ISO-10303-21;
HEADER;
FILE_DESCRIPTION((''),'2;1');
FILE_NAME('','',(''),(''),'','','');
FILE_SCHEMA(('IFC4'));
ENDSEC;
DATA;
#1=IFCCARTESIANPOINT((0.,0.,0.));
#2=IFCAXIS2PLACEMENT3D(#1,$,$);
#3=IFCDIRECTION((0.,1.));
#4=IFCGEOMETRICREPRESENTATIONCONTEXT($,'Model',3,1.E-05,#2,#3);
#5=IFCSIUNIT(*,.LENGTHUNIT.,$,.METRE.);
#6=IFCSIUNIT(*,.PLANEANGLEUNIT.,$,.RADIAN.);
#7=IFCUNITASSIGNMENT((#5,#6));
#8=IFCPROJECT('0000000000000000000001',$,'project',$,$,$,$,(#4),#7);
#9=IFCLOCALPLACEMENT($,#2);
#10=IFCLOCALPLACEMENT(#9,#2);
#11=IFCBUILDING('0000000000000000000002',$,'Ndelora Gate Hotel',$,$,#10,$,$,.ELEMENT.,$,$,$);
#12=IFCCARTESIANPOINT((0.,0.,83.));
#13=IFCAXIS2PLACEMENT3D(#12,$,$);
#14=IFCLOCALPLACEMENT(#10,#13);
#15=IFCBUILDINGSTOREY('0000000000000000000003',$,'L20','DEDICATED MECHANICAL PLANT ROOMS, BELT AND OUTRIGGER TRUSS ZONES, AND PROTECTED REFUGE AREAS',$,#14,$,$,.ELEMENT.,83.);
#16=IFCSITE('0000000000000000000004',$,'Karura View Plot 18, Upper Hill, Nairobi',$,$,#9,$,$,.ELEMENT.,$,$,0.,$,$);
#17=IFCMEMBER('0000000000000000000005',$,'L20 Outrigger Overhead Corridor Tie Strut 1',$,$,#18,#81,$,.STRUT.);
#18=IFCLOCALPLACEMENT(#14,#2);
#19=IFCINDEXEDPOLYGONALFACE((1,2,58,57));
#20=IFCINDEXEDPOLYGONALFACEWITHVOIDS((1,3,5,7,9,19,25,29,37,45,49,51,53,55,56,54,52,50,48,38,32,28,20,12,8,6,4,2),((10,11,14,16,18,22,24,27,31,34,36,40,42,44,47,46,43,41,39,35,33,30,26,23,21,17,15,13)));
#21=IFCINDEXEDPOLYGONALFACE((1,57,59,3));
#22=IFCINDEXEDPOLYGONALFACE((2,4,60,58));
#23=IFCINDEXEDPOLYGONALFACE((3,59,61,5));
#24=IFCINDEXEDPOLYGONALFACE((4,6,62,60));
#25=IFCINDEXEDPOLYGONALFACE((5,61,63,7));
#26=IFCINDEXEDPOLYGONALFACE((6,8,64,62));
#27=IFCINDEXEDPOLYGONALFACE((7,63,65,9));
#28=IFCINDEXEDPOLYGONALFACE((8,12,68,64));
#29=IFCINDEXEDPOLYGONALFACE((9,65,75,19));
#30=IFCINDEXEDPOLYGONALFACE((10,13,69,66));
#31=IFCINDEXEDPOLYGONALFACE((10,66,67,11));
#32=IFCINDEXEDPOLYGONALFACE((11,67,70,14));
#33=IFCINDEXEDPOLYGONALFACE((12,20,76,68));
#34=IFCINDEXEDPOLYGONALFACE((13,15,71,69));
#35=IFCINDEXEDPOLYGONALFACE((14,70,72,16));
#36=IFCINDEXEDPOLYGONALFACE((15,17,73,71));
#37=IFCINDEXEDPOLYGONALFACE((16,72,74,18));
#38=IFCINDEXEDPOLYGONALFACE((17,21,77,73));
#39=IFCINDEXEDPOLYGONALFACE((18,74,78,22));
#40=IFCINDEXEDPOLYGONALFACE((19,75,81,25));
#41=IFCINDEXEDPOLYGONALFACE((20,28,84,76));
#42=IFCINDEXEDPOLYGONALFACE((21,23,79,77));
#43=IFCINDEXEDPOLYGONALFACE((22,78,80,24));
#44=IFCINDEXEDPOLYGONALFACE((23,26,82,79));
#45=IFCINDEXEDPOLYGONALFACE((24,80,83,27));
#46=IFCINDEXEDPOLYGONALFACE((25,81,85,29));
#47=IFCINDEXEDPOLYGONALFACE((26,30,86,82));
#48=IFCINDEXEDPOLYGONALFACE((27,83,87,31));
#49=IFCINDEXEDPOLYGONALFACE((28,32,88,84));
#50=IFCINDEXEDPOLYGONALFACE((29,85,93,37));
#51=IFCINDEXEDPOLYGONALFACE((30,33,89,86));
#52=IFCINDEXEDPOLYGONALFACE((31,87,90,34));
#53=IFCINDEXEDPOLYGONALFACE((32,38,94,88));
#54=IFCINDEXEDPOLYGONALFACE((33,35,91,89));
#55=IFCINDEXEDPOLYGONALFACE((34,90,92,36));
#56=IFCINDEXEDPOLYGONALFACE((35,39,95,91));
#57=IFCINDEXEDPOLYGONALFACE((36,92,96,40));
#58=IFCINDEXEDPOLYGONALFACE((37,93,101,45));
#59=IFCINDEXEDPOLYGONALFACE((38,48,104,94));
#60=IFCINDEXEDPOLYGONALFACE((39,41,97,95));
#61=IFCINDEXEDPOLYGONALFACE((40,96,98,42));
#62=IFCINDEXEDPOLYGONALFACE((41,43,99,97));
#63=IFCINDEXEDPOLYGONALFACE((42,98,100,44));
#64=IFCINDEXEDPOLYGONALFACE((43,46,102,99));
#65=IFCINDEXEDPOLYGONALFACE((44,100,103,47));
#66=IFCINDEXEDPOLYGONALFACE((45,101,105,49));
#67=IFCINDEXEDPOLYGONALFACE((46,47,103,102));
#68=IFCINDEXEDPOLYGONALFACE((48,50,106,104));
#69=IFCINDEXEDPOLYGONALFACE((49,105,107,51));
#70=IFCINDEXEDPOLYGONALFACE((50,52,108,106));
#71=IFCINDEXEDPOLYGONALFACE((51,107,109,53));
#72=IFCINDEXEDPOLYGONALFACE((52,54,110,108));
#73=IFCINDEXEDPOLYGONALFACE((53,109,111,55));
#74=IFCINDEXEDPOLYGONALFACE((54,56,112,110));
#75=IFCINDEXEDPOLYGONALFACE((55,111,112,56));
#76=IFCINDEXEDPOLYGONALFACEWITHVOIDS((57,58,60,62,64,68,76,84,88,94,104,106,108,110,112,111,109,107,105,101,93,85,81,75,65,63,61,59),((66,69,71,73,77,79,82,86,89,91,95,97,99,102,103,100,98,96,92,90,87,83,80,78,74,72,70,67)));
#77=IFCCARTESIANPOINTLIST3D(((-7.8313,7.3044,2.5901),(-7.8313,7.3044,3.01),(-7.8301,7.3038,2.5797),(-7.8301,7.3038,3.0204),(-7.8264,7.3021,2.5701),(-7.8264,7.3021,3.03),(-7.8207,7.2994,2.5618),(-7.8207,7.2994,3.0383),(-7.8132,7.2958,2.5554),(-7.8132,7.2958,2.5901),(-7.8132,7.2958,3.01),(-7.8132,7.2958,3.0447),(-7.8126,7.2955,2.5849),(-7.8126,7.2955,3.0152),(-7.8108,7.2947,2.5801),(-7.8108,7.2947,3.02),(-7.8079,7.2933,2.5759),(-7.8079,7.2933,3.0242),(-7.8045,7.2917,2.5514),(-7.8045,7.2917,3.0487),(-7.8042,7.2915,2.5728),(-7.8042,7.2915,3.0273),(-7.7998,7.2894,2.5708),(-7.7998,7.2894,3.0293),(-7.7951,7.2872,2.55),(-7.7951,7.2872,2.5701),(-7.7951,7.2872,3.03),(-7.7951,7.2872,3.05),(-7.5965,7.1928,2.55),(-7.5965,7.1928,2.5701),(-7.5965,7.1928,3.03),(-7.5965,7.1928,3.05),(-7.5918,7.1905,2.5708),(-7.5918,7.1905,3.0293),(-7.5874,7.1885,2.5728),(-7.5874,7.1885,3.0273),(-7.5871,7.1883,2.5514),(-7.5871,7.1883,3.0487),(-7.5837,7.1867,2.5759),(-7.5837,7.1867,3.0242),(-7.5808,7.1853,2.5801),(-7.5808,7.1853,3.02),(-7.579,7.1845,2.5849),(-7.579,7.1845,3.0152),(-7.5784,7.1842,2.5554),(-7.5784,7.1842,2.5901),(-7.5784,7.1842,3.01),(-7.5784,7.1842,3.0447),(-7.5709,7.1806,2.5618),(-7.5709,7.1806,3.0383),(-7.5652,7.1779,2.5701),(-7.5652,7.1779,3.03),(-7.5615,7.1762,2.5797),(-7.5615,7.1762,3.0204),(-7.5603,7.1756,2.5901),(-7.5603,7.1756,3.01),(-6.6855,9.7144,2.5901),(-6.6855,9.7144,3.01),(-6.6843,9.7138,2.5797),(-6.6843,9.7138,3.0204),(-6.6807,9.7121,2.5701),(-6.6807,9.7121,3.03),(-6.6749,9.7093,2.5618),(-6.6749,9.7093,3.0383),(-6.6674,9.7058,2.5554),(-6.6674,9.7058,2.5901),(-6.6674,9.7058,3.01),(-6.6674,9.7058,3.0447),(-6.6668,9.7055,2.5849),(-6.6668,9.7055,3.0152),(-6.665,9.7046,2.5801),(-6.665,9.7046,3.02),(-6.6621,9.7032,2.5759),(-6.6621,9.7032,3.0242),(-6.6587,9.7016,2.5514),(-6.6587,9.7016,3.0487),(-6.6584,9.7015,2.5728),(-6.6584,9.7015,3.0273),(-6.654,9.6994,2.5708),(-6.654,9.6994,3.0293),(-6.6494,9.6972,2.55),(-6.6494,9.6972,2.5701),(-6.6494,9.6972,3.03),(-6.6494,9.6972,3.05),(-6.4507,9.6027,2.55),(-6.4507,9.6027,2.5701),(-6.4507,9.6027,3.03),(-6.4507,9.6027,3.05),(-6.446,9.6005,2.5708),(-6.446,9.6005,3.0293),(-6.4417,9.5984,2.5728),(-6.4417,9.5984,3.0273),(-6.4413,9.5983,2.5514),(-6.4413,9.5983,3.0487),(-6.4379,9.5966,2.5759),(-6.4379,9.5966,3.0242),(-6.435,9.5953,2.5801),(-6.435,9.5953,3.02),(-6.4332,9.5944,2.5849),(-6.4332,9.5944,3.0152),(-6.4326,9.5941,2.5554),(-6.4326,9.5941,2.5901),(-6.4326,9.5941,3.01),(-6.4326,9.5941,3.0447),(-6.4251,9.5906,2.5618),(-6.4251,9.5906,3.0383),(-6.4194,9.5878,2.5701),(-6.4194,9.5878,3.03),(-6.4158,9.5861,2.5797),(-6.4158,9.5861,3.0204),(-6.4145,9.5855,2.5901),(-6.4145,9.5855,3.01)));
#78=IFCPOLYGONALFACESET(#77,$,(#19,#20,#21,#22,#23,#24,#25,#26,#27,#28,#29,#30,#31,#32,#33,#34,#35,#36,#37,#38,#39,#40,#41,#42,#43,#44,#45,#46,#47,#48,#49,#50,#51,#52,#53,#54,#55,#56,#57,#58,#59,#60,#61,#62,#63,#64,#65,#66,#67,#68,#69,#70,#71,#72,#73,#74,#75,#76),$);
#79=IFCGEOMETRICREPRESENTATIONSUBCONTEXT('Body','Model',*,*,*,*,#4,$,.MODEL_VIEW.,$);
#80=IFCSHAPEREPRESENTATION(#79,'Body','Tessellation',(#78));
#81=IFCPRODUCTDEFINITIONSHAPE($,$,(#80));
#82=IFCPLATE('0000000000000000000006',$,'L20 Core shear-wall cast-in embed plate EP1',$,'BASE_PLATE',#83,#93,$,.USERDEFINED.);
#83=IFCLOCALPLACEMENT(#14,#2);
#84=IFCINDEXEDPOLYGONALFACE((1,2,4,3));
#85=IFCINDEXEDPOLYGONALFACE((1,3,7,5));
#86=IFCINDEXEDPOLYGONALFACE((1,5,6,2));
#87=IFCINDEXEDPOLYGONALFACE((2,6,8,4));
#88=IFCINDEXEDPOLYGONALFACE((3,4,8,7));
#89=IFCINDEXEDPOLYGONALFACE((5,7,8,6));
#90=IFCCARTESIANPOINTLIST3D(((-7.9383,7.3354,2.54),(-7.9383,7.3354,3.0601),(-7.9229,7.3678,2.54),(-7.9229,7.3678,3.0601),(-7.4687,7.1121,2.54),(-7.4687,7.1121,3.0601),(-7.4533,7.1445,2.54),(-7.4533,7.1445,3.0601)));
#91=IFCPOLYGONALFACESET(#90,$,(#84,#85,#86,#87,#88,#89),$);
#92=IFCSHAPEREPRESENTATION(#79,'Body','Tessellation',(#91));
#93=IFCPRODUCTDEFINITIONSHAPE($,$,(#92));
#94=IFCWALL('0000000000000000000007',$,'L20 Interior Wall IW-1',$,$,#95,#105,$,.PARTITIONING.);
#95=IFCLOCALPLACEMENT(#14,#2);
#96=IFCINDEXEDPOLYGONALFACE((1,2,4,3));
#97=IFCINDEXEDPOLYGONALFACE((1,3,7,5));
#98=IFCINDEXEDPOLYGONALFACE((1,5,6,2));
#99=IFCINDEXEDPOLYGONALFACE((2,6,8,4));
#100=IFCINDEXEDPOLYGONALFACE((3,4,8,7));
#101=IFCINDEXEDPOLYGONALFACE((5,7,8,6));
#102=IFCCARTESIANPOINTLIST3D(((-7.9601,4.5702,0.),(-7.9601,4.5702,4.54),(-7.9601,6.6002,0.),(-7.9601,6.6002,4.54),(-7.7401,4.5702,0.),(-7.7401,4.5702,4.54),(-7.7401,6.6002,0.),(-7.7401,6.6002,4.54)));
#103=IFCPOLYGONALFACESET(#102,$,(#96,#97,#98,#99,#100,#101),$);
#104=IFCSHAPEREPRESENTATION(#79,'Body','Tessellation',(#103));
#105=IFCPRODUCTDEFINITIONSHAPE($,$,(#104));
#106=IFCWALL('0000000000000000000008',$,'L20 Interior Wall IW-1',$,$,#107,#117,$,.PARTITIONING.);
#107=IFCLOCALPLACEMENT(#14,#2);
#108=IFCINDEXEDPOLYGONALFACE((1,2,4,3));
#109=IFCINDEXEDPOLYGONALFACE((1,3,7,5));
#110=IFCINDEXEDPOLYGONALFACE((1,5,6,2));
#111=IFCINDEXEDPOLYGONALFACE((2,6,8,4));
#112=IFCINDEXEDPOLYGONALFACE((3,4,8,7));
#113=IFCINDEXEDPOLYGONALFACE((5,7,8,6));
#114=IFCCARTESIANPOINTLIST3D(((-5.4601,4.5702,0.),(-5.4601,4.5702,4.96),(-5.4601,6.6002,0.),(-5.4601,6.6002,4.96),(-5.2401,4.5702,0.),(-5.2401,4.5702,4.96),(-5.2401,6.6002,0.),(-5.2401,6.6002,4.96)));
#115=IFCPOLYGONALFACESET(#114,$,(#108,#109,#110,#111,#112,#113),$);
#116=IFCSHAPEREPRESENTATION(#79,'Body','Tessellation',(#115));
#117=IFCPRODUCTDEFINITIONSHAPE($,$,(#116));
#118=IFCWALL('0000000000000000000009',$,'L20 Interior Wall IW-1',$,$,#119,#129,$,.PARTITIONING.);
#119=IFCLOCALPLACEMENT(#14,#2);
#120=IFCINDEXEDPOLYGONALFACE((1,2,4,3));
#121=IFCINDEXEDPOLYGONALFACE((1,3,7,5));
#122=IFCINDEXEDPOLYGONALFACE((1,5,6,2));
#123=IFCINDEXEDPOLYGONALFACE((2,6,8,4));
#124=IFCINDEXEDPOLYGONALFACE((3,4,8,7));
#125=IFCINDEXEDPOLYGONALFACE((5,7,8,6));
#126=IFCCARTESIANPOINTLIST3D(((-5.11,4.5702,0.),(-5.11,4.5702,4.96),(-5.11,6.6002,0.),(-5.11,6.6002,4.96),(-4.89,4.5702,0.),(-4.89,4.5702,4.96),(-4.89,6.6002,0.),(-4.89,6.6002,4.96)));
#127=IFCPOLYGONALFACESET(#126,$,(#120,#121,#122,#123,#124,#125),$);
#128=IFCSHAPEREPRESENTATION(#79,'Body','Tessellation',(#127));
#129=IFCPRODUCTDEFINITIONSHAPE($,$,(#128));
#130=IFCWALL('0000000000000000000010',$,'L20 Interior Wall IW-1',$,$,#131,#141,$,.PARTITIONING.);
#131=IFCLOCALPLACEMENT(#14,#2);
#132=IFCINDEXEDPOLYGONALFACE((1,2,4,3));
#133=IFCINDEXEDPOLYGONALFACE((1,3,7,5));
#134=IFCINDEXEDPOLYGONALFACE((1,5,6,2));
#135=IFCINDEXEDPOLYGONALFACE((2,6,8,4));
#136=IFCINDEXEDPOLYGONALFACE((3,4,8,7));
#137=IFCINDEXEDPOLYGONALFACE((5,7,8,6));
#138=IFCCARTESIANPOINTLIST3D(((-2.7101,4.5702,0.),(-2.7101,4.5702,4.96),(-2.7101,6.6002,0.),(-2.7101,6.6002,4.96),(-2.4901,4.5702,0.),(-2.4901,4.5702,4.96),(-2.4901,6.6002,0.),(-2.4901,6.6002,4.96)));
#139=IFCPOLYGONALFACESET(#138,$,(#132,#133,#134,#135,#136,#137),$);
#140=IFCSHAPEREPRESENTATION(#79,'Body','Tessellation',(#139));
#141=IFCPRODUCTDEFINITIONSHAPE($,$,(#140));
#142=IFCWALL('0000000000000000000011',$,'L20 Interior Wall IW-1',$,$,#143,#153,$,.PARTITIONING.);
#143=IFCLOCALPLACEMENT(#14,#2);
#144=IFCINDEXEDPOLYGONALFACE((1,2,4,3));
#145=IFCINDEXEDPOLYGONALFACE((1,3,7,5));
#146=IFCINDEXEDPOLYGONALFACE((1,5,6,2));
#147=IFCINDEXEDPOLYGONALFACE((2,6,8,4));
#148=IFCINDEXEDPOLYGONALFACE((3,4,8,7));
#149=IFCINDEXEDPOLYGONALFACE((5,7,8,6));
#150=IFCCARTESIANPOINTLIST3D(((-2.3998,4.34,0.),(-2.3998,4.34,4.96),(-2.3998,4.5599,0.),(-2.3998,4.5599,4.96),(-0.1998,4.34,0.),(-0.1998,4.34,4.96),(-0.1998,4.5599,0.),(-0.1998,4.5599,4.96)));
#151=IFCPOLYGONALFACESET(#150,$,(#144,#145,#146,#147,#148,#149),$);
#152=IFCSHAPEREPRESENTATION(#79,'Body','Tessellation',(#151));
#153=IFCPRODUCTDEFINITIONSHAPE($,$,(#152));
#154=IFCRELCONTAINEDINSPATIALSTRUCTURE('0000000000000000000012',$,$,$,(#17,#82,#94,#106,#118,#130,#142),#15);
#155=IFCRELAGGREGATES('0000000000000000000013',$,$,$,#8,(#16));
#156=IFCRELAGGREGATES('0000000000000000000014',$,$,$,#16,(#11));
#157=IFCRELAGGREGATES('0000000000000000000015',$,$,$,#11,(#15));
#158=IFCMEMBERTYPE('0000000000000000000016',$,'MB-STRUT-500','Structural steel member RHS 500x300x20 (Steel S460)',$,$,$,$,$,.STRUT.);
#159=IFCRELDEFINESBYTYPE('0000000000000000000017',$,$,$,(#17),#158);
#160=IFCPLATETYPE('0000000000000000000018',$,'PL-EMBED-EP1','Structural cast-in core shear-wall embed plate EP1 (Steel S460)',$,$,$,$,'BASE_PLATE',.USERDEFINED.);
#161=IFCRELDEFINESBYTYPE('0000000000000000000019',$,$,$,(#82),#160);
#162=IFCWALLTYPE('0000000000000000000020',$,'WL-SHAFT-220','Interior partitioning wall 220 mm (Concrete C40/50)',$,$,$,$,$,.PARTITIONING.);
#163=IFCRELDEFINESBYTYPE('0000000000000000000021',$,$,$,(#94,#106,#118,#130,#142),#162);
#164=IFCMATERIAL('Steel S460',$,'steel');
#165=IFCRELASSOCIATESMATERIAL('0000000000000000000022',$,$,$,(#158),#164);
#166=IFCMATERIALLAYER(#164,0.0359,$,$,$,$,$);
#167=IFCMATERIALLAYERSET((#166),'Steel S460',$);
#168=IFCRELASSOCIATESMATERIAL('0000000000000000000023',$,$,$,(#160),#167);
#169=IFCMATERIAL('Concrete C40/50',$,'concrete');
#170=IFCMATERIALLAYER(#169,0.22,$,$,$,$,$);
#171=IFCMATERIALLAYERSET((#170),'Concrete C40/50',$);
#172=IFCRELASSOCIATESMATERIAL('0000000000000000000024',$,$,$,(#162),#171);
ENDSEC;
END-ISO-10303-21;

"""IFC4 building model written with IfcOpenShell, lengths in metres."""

from ifc_helpers import new_model, si_unit, direction, frame, frame_2d, origin, origin_2d, place, context, subcontext, project, spatial, rectangle, hollow_rectangle, extrude, material, layer, layer_set, material_profile, profile_set, type_object, element, save


model = new_model("IFC4")

# Units and contexts
model_context = context("Model", 3, precision=1e-05, world=origin(), true_north=direction((0.0, 1.0)))
body_context = subcontext(model_context, "Body", "Model", "MODEL_VIEW")
ifc_project = project(units=[si_unit("LENGTHUNIT", "METRE"), si_unit("PLANEANGLEUNIT", "RADIAN")], contexts=[model_context])

# Site, building, storey
site_placement = place(None, origin())
site = spatial("IfcSite", under=ifc_project, at=site_placement, Name="Karura View Plot 18, Upper Hill, Nairobi", CompositionType="ELEMENT", RefElevation=0.0)
building_placement = place(site_placement, origin())
building = spatial("IfcBuilding", under=site, at=building_placement, Name="Ndelora Gate Hotel", CompositionType="ELEMENT")
storey_placement = place(building_placement, frame((0.0, 0.0, 83.0)))
storey = spatial("IfcBuildingStorey", under=building, at=storey_placement, Name="L20", Description="DEDICATED MECHANICAL PLANT ROOMS, BELT AND OUTRIGGER TRUSS ZONES, AND PROTECTED REFUGE AREAS", CompositionType="ELEMENT", Elevation=83.0)

# Shared definitions
ifc_material_1 = material(Name="Steel S460", Category="steel")

# Member
ifc_material_profile_1 = material_profile(ifc_material_1, hollow_rectangle(XDim=0.3, YDim=0.5, WallThickness=0.02, InnerFilletRadius=0.02, OuterFilletRadius=0.04, at=origin_2d()), Name="RHS 500x300x20")
ifc_profile_set_1 = profile_set([ifc_material_profile_1], Name="Steel S460")
member_type = type_object("IfcMemberType", Name="MB-STRUT-500", Description="Structural steel member RHS 500x300x20 (Steel S460)", PredefinedType="STRUT", material=ifc_profile_set_1)
member_placement = place(storey_placement, frame((-7.6958, 7.24, 2.8), z_axis=(0.429376, 0.903126, 0.0), x_axis=(-0.903126, 0.429376, 0.0)))
element("IfcMember", 1, at=member_placement, inside=storey, type_object=member_type, Name="L20 Outrigger Overhead Corridor Tie Strut 1", PredefinedType="STRUT", context=body_context, shape_type="SweptSolid", body=[
    extrude(hollow_rectangle(XDim=0.3, YDim=0.5, WallThickness=0.02, InnerFilletRadius=0.02, OuterFilletRadius=0.04, at=origin_2d()), origin(), (0.0, 0.0, 1.0), 2.6685),
])

# Plate
ifc_layer_1 = layer(ifc_material_1, 0.0359)
ifc_layer_set_1 = layer_set([ifc_layer_1], Name="Steel S460")
plate_type = type_object("IfcPlateType", Name="PL-EMBED-EP1", Description="Structural cast-in core shear-wall embed plate EP1 (Steel S460)", ElementType="BASE_PLATE", PredefinedType="USERDEFINED", material=ifc_layer_set_1)
plate_placement = place(storey_placement, frame((-7.6958, 7.24, 2.54), z_axis=(0.0, 0.0, 1.0), x_axis=(-0.903111, 0.429408, 0.0)))
element("IfcPlate", 2, at=plate_placement, inside=storey, type_object=plate_type, Name="L20 Core shear-wall cast-in embed plate EP1", ObjectType="BASE_PLATE", PredefinedType="USERDEFINED", context=body_context, shape_type="SweptSolid", body=[
    extrude(rectangle(XDim=0.52, YDim=0.0359, at=origin_2d()), origin(), (0.0, 0.0, 1.0), 0.52),
])

# Shared definitions
ifc_material_2 = material(Name="Concrete C40/50", Category="concrete")
ifc_layer_2 = layer(ifc_material_2, 0.22)
ifc_layer_set_2 = layer_set([ifc_layer_2], Name="Concrete C40/50")
wall_type_1 = type_object("IfcWallType", Name="WL-SHAFT-220", Description="Interior partitioning wall 220 mm (Concrete C40/50)", PredefinedType="PARTITIONING", material=ifc_layer_set_2)

# Walls
wall_1_placement = place(storey_placement, frame((-7.8501, 4.5701, 0.0), z_axis=(0.0, 0.0, 1.0), x_axis=(0.0, 1.0, 0.0)))
element("IfcWall", 3, at=wall_1_placement, inside=storey, type_object=wall_type_1, Name="L20 Interior Wall IW-1", PredefinedType="PARTITIONING", context=body_context, shape_type="SweptSolid", body=[
    extrude(rectangle(XDim=2.03, YDim=0.22, at=frame_2d((1.0151, 0.0))), origin(), (0.0, 0.0, 1.0), 4.54),
])
wall_2_placement = place(storey_placement, frame((-5.3501, 4.5701, 0.0), z_axis=(0.0, 0.0, 1.0), x_axis=(0.0, 1.0, 0.0)))
element("IfcWall", 4, at=wall_2_placement, inside=storey, type_object=wall_type_1, Name="L20 Interior Wall IW-1", PredefinedType="PARTITIONING", context=body_context, shape_type="SweptSolid", body=[
    extrude(rectangle(XDim=2.03, YDim=0.22, at=frame_2d((1.0151, 0.0))), origin(), (0.0, 0.0, 1.0), 4.96),
])

# Walls
for number, where, z_axis, x_axis, name in (
    (5, (-5.0, 4.5701, 0.0), (0.0, 0.0, 1.0), (0.0, 1.0, 0.0), "L20 Interior Wall IW-1"),
    (6, (-2.6001, 4.5701, 0.0), (0.0, 0.0, 1.0), (0.0, 1.0, 0.0), "L20 Interior Wall IW-1"),
):
    element("IfcWall", number, at=place(storey_placement, frame(where, z_axis=z_axis, x_axis=x_axis)), inside=storey, type_object=wall_type_1, Name=name, PredefinedType="PARTITIONING", context=body_context, shape_type="SweptSolid", body=[
        extrude(rectangle(XDim=2.03, YDim=0.22, at=frame_2d((1.0151, 0.0))), origin(), (0.0, 0.0, 1.0), 4.96),
    ])
wall_3_placement = place(storey_placement, frame((-2.3999, 4.45, 0.0), z_axis=(0.0, 0.0, 1.0), x_axis=(1.0, 0.0, 0.0)))
element("IfcWall", 7, at=wall_3_placement, inside=storey, type_object=wall_type_1, Name="L20 Interior Wall IW-1", PredefinedType="PARTITIONING", context=body_context, shape_type="SweptSolid", body=[
    extrude(rectangle(XDim=2.2, YDim=0.22, at=frame_2d((1.1001, 0.0))), origin(), (0.0, 0.0, 1.0), 4.96),
])

save(model, "model.ifc")
